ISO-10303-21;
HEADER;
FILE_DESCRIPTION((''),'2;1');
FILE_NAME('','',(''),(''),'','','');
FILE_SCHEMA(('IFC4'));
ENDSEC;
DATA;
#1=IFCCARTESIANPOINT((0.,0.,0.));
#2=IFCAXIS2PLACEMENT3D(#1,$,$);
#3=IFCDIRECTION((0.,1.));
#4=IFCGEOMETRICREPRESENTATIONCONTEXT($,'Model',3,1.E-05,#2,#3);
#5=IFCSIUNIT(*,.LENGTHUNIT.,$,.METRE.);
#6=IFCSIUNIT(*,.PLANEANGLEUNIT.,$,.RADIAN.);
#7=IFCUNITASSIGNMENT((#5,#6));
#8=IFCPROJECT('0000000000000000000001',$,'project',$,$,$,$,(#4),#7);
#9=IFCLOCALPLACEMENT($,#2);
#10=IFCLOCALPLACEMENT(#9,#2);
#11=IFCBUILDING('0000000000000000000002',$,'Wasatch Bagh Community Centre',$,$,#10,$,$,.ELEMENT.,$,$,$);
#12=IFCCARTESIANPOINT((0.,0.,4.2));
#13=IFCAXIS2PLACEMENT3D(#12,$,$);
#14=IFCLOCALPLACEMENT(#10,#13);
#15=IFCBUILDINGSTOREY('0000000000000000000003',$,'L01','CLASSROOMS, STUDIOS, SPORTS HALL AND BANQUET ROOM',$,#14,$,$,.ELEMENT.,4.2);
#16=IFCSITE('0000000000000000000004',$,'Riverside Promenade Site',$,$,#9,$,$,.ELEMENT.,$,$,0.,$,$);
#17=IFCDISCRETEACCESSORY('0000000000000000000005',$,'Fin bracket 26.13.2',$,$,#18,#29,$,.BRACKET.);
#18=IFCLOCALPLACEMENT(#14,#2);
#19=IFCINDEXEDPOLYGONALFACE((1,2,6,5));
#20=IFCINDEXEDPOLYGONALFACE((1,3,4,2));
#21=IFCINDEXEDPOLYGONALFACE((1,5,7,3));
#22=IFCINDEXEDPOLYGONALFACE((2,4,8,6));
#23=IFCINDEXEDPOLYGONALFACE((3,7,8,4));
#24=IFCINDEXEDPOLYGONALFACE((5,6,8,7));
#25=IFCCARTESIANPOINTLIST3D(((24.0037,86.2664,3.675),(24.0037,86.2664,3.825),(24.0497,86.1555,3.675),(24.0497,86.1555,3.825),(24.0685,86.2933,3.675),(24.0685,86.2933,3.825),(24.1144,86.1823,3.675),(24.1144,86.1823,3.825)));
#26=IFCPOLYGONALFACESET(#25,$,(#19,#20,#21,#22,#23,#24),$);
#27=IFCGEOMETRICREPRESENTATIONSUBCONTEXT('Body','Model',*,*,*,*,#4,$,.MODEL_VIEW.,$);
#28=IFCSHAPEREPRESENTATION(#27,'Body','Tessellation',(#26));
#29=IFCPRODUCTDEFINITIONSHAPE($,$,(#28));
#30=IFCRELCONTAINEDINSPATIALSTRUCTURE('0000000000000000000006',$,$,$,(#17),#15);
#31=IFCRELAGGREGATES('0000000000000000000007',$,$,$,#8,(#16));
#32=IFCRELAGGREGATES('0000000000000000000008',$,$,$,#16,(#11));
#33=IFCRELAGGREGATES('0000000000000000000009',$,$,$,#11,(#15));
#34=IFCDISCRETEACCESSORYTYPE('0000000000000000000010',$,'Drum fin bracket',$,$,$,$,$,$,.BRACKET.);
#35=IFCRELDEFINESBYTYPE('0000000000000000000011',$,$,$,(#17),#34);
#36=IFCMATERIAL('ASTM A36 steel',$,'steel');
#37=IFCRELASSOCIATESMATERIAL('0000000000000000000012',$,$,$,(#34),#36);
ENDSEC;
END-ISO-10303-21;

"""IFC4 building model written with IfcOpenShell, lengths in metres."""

from ifc_helpers import new_model, si_unit, direction, frame, origin, origin_2d, place, context, subcontext, project, spatial, rectangle, extrude, material, type_object, element, save


model = new_model("IFC4")

# Units and contexts
model_context = context("Model", 3, precision=1e-05, world=origin(), true_north=direction((0.0, 1.0)))
body_context = subcontext(model_context, "Body", "Model", "MODEL_VIEW")
ifc_project = project(units=[si_unit("LENGTHUNIT", "METRE"), si_unit("PLANEANGLEUNIT", "RADIAN")], contexts=[model_context])

# Site, building, storey
site_placement = place(None, origin())
site = spatial("IfcSite", under=ifc_project, at=site_placement, Name="Riverside Promenade Site", CompositionType="ELEMENT", RefElevation=0.0)
building_placement = place(site_placement, origin())
building = spatial("IfcBuilding", under=site, at=building_placement, Name="Wasatch Bagh Community Centre", CompositionType="ELEMENT")
storey_placement = place(building_placement, frame((0.0, 0.0, 4.2)))
storey = spatial("IfcBuildingStorey", under=building, at=storey_placement, Name="L01", Description="CLASSROOMS, STUDIOS, SPORTS HALL AND BANQUET ROOM", CompositionType="ELEMENT", Elevation=4.2)

# Discrete accessory
ifc_material_1 = material(Name="ASTM A36 steel", Category="steel")
discrete_accessory_type = type_object("IfcDiscreteAccessoryType", Name="Drum fin bracket", PredefinedType="BRACKET", material=ifc_material_1)
for number, where, z_axis, x_axis, name in (
    (1, (24.0591, 86.2244, 3.675), (0.0, 0.0, 1.0), (-0.92388, -0.382683, 0.0), "Fin bracket 26.13.2"),
):
    element("IfcDiscreteAccessory", number, at=place(storey_placement, frame(where, z_axis=z_axis, x_axis=x_axis)), inside=storey, type_object=discrete_accessory_type, Name=name, PredefinedType="BRACKET", context=body_context, shape_type="SweptSolid", body=[
        extrude(rectangle(XDim=0.0701, YDim=0.1201, at=origin_2d()), origin(), (0.0, 0.0, 1.0), 0.1499),
    ])

save(model, "model.ifc")
